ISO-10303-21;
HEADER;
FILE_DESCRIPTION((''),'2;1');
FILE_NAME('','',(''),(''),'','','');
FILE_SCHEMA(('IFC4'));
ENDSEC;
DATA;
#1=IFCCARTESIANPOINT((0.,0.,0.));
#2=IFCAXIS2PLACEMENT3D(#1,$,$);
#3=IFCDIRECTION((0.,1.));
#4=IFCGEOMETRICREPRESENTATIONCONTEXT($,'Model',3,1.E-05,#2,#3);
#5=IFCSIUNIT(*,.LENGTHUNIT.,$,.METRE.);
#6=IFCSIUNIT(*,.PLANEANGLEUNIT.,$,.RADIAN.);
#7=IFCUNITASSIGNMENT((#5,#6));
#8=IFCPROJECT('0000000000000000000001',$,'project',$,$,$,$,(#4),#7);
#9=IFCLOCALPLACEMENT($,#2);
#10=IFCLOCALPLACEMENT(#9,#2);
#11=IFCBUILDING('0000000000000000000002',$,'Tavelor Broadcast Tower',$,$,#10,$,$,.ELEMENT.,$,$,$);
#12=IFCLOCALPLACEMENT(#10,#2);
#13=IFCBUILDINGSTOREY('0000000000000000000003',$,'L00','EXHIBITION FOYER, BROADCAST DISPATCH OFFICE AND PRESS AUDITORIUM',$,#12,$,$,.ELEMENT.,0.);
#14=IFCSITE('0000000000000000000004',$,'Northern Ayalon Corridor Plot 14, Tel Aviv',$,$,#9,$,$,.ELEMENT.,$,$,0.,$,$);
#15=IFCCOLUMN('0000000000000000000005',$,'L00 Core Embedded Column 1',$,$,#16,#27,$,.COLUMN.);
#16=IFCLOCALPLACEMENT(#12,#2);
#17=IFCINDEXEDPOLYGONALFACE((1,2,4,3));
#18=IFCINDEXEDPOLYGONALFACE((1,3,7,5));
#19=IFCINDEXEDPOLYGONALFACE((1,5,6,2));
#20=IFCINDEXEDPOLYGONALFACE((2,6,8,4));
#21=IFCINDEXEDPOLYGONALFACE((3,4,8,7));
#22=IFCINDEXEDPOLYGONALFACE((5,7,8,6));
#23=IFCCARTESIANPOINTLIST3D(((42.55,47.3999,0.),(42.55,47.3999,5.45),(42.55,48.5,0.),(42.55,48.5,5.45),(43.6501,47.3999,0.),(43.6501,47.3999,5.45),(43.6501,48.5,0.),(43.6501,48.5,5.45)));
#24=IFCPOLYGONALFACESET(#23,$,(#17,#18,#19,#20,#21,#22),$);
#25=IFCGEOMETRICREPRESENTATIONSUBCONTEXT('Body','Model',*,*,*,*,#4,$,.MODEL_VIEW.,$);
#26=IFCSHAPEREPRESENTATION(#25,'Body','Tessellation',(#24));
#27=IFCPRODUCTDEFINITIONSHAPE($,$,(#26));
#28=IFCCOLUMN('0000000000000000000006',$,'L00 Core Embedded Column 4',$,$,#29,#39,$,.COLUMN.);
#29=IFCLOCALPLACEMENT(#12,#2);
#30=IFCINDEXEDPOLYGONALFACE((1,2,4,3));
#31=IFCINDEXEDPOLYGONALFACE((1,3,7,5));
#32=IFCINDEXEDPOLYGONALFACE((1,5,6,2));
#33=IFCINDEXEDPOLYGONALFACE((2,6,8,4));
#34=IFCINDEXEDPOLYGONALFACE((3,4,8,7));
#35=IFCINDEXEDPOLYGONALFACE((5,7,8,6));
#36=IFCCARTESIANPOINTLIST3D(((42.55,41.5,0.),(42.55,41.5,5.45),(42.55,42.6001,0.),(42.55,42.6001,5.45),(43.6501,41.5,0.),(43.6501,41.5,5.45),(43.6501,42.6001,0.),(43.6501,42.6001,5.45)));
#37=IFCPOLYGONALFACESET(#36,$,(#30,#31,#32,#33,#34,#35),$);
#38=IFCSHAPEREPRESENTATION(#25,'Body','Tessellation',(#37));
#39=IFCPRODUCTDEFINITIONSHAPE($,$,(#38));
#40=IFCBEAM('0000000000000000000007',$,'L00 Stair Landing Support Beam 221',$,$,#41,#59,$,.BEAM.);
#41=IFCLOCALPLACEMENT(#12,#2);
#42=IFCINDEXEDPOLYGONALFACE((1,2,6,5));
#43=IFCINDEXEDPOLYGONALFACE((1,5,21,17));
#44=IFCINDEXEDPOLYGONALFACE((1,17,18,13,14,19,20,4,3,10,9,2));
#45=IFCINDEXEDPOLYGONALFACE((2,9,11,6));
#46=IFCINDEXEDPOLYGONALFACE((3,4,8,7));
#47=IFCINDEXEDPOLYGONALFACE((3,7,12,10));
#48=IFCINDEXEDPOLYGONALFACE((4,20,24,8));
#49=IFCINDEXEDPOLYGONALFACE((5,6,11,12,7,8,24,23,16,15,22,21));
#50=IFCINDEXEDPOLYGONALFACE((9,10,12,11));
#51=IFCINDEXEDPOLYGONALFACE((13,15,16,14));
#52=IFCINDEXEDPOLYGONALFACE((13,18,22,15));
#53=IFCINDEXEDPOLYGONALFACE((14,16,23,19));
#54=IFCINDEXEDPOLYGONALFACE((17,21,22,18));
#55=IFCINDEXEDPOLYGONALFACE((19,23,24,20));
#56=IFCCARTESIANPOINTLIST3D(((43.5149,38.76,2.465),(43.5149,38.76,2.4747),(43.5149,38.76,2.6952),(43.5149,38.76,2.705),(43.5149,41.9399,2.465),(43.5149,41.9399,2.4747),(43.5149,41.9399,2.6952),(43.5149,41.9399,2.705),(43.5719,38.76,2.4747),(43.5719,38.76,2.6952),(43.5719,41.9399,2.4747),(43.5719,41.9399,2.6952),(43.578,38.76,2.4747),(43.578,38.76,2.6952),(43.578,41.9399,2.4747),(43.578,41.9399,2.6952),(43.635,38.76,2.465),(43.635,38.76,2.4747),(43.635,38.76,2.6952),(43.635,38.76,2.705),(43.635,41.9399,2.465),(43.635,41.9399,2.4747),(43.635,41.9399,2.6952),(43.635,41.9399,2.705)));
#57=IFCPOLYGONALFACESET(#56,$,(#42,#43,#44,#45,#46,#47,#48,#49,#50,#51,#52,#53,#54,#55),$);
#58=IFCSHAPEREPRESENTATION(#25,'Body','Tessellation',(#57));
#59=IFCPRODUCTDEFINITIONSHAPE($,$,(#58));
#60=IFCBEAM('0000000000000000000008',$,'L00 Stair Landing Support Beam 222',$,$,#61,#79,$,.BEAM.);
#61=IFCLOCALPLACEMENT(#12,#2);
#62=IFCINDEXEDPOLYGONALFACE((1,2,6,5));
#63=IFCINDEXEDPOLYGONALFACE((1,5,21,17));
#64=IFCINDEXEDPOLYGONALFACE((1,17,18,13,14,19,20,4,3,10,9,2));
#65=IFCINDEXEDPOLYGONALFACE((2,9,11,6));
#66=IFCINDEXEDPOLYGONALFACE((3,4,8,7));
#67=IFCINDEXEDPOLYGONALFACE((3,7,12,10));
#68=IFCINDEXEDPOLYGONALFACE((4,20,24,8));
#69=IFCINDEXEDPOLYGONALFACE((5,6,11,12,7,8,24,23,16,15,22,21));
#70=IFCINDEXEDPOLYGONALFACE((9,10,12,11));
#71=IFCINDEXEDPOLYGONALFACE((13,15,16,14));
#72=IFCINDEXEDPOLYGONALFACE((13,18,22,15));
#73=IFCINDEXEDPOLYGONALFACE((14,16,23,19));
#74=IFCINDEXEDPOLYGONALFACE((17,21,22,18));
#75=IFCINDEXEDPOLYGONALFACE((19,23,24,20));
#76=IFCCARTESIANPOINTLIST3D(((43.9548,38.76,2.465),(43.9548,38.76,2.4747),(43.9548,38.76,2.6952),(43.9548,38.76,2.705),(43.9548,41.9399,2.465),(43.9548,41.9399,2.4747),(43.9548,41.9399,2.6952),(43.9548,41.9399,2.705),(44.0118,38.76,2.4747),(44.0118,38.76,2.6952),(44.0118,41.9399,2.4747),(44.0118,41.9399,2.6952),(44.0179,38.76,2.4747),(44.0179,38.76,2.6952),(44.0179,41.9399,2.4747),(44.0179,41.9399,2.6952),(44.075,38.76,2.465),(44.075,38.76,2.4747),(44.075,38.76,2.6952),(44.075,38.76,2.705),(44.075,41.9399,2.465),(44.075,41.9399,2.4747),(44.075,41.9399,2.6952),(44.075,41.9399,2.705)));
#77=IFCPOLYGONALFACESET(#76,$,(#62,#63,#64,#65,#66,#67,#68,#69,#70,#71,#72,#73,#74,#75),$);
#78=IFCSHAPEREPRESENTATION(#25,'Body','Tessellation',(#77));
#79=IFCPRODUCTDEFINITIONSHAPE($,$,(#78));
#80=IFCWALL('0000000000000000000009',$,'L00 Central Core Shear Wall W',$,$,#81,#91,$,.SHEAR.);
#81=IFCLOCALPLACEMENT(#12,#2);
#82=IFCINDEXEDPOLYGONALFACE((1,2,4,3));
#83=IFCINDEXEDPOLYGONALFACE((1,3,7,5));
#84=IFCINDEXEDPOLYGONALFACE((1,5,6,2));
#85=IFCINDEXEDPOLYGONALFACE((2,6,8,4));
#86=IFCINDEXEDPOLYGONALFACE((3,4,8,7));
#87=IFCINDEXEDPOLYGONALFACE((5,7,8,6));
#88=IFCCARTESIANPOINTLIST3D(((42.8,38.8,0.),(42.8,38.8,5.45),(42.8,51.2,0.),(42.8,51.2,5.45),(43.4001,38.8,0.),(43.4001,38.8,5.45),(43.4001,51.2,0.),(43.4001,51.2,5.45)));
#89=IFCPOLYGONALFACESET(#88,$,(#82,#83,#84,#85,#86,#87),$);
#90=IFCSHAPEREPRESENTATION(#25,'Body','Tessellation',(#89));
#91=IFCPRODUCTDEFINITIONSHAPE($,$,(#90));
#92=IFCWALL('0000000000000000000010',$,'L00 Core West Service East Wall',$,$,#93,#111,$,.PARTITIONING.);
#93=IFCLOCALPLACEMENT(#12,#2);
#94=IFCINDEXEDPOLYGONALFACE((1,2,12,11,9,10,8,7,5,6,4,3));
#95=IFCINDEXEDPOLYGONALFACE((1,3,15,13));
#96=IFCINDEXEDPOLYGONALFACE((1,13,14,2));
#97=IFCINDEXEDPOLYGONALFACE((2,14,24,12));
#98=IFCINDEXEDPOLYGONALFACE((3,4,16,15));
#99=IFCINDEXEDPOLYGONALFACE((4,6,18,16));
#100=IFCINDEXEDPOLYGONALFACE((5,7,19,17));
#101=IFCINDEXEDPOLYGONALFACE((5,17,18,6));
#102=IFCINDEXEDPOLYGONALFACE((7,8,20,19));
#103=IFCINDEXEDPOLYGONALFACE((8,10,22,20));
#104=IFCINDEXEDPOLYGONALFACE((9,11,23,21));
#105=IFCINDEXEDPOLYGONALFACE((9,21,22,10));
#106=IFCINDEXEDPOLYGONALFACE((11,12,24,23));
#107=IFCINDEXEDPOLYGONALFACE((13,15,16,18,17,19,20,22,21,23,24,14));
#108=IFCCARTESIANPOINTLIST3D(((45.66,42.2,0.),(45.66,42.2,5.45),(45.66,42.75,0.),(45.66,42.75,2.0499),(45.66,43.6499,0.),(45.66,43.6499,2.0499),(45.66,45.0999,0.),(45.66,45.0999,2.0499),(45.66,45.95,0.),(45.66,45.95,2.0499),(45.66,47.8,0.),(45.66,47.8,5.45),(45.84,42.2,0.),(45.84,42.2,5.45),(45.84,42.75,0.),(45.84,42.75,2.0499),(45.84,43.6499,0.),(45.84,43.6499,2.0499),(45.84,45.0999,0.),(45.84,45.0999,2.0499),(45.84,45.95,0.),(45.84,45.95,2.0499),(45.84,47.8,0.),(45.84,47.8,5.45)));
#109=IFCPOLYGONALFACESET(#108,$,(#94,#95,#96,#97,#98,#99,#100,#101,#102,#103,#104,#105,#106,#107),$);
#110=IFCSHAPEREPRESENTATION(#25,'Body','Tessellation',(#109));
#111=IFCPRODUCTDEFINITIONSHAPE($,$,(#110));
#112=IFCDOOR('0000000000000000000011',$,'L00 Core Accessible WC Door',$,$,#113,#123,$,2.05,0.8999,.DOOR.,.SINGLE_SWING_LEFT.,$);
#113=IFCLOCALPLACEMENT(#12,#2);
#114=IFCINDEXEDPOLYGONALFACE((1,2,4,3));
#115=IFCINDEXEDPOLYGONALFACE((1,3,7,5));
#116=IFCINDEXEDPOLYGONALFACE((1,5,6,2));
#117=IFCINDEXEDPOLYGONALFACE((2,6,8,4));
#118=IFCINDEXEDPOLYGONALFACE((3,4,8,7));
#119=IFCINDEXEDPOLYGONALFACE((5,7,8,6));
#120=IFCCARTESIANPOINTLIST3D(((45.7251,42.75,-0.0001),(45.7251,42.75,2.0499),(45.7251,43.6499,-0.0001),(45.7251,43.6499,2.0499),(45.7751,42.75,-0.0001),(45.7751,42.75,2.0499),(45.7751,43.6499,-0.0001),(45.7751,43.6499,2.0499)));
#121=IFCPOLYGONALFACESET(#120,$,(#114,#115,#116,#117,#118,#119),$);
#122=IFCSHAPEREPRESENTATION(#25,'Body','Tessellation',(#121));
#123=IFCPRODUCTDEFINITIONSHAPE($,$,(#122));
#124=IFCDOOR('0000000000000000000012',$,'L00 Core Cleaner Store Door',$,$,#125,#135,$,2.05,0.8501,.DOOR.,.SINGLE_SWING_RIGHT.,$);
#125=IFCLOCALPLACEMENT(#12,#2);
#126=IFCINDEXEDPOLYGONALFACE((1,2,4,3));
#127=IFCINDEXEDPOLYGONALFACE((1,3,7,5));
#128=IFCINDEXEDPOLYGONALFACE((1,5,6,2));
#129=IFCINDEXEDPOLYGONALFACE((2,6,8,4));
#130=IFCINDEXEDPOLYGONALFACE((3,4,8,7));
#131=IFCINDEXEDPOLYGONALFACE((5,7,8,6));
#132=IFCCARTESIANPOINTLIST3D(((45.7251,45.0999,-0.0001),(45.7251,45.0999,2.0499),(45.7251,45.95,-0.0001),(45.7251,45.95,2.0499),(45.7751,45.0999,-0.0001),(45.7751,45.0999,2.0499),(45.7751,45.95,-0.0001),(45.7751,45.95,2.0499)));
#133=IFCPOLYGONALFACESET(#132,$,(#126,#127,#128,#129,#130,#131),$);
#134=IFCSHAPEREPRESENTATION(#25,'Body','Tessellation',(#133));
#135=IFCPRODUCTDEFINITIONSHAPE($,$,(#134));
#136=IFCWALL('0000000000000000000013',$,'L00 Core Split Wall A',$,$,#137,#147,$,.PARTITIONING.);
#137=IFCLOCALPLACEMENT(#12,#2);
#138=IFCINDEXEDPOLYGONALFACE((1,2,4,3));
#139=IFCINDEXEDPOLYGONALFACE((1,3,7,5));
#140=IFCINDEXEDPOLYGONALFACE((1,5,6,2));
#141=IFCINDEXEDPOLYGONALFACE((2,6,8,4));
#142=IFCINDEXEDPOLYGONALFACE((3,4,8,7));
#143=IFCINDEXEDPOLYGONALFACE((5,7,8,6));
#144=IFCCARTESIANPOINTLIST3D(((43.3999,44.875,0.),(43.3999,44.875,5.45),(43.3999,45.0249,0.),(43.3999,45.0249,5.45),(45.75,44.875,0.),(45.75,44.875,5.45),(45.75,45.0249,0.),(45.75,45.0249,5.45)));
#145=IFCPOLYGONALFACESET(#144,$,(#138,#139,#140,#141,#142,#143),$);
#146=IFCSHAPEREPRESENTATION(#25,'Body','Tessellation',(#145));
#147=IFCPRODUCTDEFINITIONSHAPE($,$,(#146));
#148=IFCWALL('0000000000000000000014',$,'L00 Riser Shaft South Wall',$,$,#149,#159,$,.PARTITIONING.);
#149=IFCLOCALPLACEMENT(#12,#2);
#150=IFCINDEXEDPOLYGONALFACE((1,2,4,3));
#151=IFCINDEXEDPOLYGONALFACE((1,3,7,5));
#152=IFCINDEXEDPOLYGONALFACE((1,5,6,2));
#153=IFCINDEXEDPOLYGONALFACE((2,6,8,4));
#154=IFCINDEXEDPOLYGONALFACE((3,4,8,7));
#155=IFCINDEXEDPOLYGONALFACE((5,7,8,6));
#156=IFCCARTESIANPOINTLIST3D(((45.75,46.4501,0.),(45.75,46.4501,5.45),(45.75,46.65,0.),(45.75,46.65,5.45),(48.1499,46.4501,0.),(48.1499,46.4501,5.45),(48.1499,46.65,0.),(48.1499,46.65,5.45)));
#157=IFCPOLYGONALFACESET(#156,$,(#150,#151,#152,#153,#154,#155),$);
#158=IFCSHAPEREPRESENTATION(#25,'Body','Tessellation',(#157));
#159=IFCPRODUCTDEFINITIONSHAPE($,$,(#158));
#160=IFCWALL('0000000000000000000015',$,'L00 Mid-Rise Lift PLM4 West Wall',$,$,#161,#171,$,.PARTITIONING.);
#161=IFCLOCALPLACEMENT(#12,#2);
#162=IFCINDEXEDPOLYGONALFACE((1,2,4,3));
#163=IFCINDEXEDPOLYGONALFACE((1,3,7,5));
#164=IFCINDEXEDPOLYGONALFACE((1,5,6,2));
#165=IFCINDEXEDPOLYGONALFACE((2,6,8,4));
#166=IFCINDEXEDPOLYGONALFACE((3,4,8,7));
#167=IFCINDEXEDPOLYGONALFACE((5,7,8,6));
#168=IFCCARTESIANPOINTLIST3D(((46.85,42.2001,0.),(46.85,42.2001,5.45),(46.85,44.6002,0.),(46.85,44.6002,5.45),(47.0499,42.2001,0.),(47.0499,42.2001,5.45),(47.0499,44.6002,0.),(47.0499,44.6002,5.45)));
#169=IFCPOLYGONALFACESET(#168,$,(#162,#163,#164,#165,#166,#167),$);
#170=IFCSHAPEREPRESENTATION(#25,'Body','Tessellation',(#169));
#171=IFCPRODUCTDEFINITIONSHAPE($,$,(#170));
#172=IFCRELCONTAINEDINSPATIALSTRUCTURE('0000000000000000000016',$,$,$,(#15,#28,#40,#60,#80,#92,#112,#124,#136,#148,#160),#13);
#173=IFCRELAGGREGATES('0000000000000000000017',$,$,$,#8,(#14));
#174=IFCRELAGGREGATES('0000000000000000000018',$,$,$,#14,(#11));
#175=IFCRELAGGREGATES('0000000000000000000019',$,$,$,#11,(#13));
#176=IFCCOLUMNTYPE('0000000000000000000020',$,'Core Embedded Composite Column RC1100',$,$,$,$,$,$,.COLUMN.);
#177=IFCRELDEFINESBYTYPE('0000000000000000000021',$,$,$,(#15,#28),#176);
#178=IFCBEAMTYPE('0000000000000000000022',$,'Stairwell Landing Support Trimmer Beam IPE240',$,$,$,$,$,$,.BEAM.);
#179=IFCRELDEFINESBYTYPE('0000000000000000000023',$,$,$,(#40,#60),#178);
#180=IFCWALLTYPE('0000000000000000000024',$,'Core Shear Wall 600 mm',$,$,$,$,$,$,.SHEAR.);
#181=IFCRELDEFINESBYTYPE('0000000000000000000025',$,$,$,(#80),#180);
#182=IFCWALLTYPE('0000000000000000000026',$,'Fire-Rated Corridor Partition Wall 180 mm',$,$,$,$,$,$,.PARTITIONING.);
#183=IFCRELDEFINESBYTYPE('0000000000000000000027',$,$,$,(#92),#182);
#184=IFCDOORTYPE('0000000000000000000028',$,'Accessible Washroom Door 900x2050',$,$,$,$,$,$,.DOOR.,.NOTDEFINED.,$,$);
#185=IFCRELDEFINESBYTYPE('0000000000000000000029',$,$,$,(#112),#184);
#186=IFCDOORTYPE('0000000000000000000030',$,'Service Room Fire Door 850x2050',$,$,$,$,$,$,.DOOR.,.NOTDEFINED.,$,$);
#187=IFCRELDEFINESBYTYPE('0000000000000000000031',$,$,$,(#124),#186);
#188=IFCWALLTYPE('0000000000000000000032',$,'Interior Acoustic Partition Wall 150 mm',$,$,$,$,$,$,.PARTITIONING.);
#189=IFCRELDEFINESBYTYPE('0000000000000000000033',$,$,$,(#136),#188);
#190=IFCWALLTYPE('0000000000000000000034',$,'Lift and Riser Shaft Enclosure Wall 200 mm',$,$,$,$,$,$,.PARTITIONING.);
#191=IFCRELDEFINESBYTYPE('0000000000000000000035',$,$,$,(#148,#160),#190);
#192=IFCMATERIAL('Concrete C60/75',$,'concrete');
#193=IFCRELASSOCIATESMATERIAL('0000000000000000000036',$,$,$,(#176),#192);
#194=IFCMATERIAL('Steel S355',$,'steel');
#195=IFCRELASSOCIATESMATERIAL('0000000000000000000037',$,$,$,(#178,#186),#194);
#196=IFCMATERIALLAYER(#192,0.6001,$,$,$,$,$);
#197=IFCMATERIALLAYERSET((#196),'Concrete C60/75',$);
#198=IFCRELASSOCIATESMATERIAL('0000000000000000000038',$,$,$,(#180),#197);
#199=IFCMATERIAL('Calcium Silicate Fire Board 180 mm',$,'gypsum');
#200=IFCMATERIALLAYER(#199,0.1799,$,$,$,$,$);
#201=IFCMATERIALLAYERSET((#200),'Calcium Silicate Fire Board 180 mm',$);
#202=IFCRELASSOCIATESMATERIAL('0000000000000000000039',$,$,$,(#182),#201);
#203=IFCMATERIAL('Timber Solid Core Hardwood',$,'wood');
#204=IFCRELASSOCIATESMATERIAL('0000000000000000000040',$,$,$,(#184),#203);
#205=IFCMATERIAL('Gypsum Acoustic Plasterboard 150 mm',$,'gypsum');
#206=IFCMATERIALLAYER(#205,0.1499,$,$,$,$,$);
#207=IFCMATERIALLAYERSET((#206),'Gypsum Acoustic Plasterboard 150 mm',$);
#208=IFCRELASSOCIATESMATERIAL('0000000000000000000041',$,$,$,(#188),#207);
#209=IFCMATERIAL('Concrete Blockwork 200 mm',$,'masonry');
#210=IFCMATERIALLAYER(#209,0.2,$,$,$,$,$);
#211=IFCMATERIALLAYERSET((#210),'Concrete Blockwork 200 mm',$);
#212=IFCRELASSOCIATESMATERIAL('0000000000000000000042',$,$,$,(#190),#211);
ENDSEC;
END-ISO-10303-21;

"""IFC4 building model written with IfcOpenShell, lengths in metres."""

from ifc_helpers import new_model, si_unit, direction, frame, frame_2d, origin, origin_2d, place, context, subcontext, project, spatial, rectangle, i_section, extrude, material, layer, layer_set, material_profile, profile_set, type_object, element, fill, save


model = new_model("IFC4")

# Units and contexts
model_context = context("Model", 3, precision=1e-05, world=origin(), true_north=direction((0.0, 1.0)))
body_context = subcontext(model_context, "Body", "Model", "MODEL_VIEW")
ifc_project = project(units=[si_unit("LENGTHUNIT", "METRE"), si_unit("PLANEANGLEUNIT", "RADIAN")], contexts=[model_context])

# Site, building, storey
site_placement = place(None, origin())
site = spatial("IfcSite", under=ifc_project, at=site_placement, Name="Northern Ayalon Corridor Plot 14, Tel Aviv", CompositionType="ELEMENT", RefElevation=0.0)
building_placement = place(site_placement, origin())
building = spatial("IfcBuilding", under=site, at=building_placement, Name="Tavelor Broadcast Tower", CompositionType="ELEMENT")
storey_placement = place(building_placement, origin())
storey = spatial("IfcBuildingStorey", under=building, at=storey_placement, Name="L00", Description="EXHIBITION FOYER, BROADCAST DISPATCH OFFICE AND PRESS AUDITORIUM", CompositionType="ELEMENT", Elevation=0.0)

# Columns
ifc_material_1 = material(Name="Concrete C60/75", Category="concrete")
ifc_material_profile_1 = material_profile(ifc_material_1, rectangle(XDim=1.1001, YDim=1.1001, at=origin_2d()), Name="RC 1100x1100")
ifc_profile_set_1 = profile_set([ifc_material_profile_1], Name="Concrete C60/75")
column_type = type_object("IfcColumnType", Name="Core Embedded Composite Column RC1100", PredefinedType="COLUMN", material=ifc_profile_set_1)
for number, where, z_axis, x_axis, name in (
    (1, (43.1001, 47.95, 0.0), (0.0, 0.0, 1.0), (1.0, 0.0, 0.0), "L00 Core Embedded Column 1"),
    (2, (43.1001, 42.05, 0.0), (0.0, 0.0, 1.0), (1.0, 0.0, 0.0), "L00 Core Embedded Column 4"),
):
    element("IfcColumn", number, at=place(storey_placement, frame(where, z_axis=z_axis, x_axis=x_axis)), inside=storey, type_object=column_type, Name=name, PredefinedType="COLUMN", context=body_context, shape_type="SweptSolid", body=[
        extrude(rectangle(XDim=1.1001, YDim=1.1001, at=origin_2d()), origin(), (0.0, 0.0, 1.0), 5.45),
    ])

# Beams
ifc_material_2 = material(Name="Steel S355", Category="steel")
ifc_material_profile_2 = material_profile(ifc_material_2, i_section(OverallWidth=0.1201, OverallDepth=0.24, WebThickness=0.0061, FlangeThickness=0.0098, at=origin_2d()), Name="IPE 240")
ifc_profile_set_2 = profile_set([ifc_material_profile_2], Name="Steel S355")
beam_type = type_object("IfcBeamType", Name="Stairwell Landing Support Trimmer Beam IPE240", PredefinedType="BEAM", material=ifc_profile_set_2)
for number, where, z_axis, x_axis, name in (
    (3, (43.575, 38.76, 2.585), (0.0, 1.0, 0.0), (-1.0, 0.0, 0.0), "L00 Stair Landing Support Beam 221"),
    (4, (44.0149, 38.76, 2.585), (0.0, 1.0, 0.0), (-1.0, 0.0, 0.0), "L00 Stair Landing Support Beam 222"),
):
    element("IfcBeam", number, at=place(storey_placement, frame(where, z_axis=z_axis, x_axis=x_axis)), inside=storey, type_object=beam_type, Name=name, PredefinedType="BEAM", context=body_context, shape_type="SweptSolid", body=[
        extrude(i_section(OverallWidth=0.1201, OverallDepth=0.24, WebThickness=0.0061, FlangeThickness=0.0098, at=origin_2d()), origin(), (0.0, 0.0, 1.0), 3.1799),
    ])

# Wall
ifc_layer_1 = layer(ifc_material_1, 0.6001)
ifc_layer_set_1 = layer_set([ifc_layer_1], Name="Concrete C60/75")
wall_type_1 = type_object("IfcWallType", Name="Core Shear Wall 600 mm", PredefinedType="SHEAR", material=ifc_layer_set_1)
wall_1_placement = place(storey_placement, frame((43.1001, 38.8, 0.0), z_axis=(0.0, 0.0, 1.0), x_axis=(0.0, 1.0, 0.0)))
element("IfcWall", 5, at=wall_1_placement, inside=storey, type_object=wall_type_1, Name="L00 Central Core Shear Wall W", PredefinedType="SHEAR", context=body_context, shape_type="SweptSolid", body=[
    extrude(rectangle(XDim=12.3999, YDim=0.6001, at=frame_2d((6.2, 0.0))), origin(), (0.0, 0.0, 1.0), 5.45),
])

# Wall, openings, doors
ifc_material_3 = material(Name="Calcium Silicate Fire Board 180 mm", Category="gypsum")
ifc_layer_2 = layer(ifc_material_3, 0.1799)
ifc_layer_set_2 = layer_set([ifc_layer_2], Name="Calcium Silicate Fire Board 180 mm")
wall_type_2 = type_object("IfcWallType", Name="Fire-Rated Corridor Partition Wall 180 mm", PredefinedType="PARTITIONING", material=ifc_layer_set_2)
wall_2_placement = place(storey_placement, frame((45.75, 42.2, 0.0), z_axis=(0.0, 0.0, 1.0), x_axis=(0.0, 1.0, 0.0)))
wall_2 = element("IfcWall", 6, at=wall_2_placement, inside=storey, type_object=wall_type_2, Name="L00 Core West Service East Wall", PredefinedType="PARTITIONING", context=body_context, shape_type="SweptSolid", body=[
    extrude(rectangle(XDim=5.6001, YDim=0.1799, at=frame_2d((2.8, 0.0))), origin(), (0.0, 0.0, 1.0), 5.45),
])
opening_1_placement = place(wall_2_placement, frame((0.55, 0.0, 0.0)))
opening_1 = element("IfcOpeningElement", 7, at=opening_1_placement, cuts=wall_2, PredefinedType="OPENING", context=body_context, shape_type="SweptSolid", body=[
    extrude(rectangle(XDim=0.8999, YDim=2.05, at=frame_2d((0.45, 1.0249))), frame((0.0, 0.1001, 0.0), z_axis=(0.0, -1.0, 0.0), x_axis=(1.0, 0.0, 0.0)), (0.0, 0.0, 1.0), 0.2),
])
opening_2_placement = place(wall_2_placement, frame((2.8999, 0.0, 0.0)))
opening_2 = element("IfcOpeningElement", 8, at=opening_2_placement, cuts=wall_2, PredefinedType="OPENING", context=body_context, shape_type="SweptSolid", body=[
    extrude(rectangle(XDim=0.8501, YDim=2.05, at=frame_2d((0.425, 1.0249))), frame((0.0, 0.1001, 0.0), z_axis=(0.0, -1.0, 0.0), x_axis=(1.0, 0.0, 0.0)), (0.0, 0.0, 1.0), 0.2),
])
ifc_material_4 = material(Name="Timber Solid Core Hardwood", Category="wood")
door_type_1 = type_object("IfcDoorType", Name="Accessible Washroom Door 900x2050", OperationType="NOTDEFINED", PredefinedType="DOOR", material=ifc_material_4)
door_1_placement = place(opening_1_placement, origin())
door_1 = element("IfcDoor", 9, at=door_1_placement, inside=storey, type_object=door_type_1, Name="L00 Core Accessible WC Door", OperationType="SINGLE_SWING_LEFT", OverallHeight=2.05, OverallWidth=0.8999, PredefinedType="DOOR", context=body_context, shape_type="SweptSolid", body=[
    extrude(rectangle(XDim=0.8999, YDim=2.05, at=frame_2d((0.45, 1.0249))), frame((0.0, 0.0249, 0.0), z_axis=(0.0, -1.0, 0.0), x_axis=(1.0, 0.0, 0.0)), (0.0, 0.0, 1.0), 0.05),
])
fill(opening_1, door_1)
door_type_2 = type_object("IfcDoorType", Name="Service Room Fire Door 850x2050", OperationType="NOTDEFINED", PredefinedType="DOOR", material=ifc_material_2)
door_2_placement = place(opening_2_placement, origin())
door_2 = element("IfcDoor", 10, at=door_2_placement, inside=storey, type_object=door_type_2, Name="L00 Core Cleaner Store Door", OperationType="SINGLE_SWING_RIGHT", OverallHeight=2.05, OverallWidth=0.8501, PredefinedType="DOOR", context=body_context, shape_type="SweptSolid", body=[
    extrude(rectangle(XDim=0.8501, YDim=2.05, at=frame_2d((0.425, 1.0249))), frame((0.0, 0.0249, 0.0), z_axis=(0.0, -1.0, 0.0), x_axis=(1.0, 0.0, 0.0)), (0.0, 0.0, 1.0), 0.05),
])
fill(opening_2, door_2)

# Walls
ifc_material_5 = material(Name="Gypsum Acoustic Plasterboard 150 mm", Category="gypsum")
ifc_layer_3 = layer(ifc_material_5, 0.1499)
ifc_layer_set_3 = layer_set([ifc_layer_3], Name="Gypsum Acoustic Plasterboard 150 mm")
wall_type_3 = type_object("IfcWallType", Name="Interior Acoustic Partition Wall 150 mm", PredefinedType="PARTITIONING", material=ifc_layer_set_3)
wall_3_placement = place(storey_placement, frame((43.3999, 44.95, 0.0), z_axis=(0.0, 0.0, 1.0), x_axis=(1.0, 0.0, 0.0)))
element("IfcWall", 11, at=wall_3_placement, inside=storey, type_object=wall_type_3, Name="L00 Core Split Wall A", PredefinedType="PARTITIONING", context=body_context, shape_type="SweptSolid", body=[
    extrude(rectangle(XDim=2.3501, YDim=0.1499, at=frame_2d((1.175, 0.0))), origin(), (0.0, 0.0, 1.0), 5.45),
])
ifc_material_6 = material(Name="Concrete Blockwork 200 mm", Category="masonry")
ifc_layer_4 = layer(ifc_material_6, 0.2)
ifc_layer_set_4 = layer_set([ifc_layer_4], Name="Concrete Blockwork 200 mm")
wall_type_4 = type_object("IfcWallType", Name="Lift and Riser Shaft Enclosure Wall 200 mm", PredefinedType="PARTITIONING", material=ifc_layer_set_4)
wall_4_placement = place(storey_placement, frame((45.75, 46.55, 0.0), z_axis=(0.0, 0.0, 1.0), x_axis=(1.0, 0.0, 0.0)))
element("IfcWall", 12, at=wall_4_placement, inside=storey, type_object=wall_type_4, Name="L00 Riser Shaft South Wall", PredefinedType="PARTITIONING", context=body_context, shape_type="SweptSolid", body=[
    extrude(rectangle(XDim=2.3999, YDim=0.2, at=frame_2d((1.2, 0.0))), origin(), (0.0, 0.0, 1.0), 5.45),
])
wall_5_placement = place(storey_placement, frame((46.95, 42.2, 0.0), z_axis=(0.0, 0.0, 1.0), x_axis=(0.0, 1.0, 0.0)))
element("IfcWall", 13, at=wall_5_placement, inside=storey, type_object=wall_type_4, Name="L00 Mid-Rise Lift PLM4 West Wall", PredefinedType="PARTITIONING", context=body_context, shape_type="SweptSolid", body=[
    extrude(rectangle(XDim=2.4001, YDim=0.2, at=frame_2d((1.2002, 0.0))), origin(), (0.0, 0.0, 1.0), 5.45),
])

save(model, "model.ifc")
